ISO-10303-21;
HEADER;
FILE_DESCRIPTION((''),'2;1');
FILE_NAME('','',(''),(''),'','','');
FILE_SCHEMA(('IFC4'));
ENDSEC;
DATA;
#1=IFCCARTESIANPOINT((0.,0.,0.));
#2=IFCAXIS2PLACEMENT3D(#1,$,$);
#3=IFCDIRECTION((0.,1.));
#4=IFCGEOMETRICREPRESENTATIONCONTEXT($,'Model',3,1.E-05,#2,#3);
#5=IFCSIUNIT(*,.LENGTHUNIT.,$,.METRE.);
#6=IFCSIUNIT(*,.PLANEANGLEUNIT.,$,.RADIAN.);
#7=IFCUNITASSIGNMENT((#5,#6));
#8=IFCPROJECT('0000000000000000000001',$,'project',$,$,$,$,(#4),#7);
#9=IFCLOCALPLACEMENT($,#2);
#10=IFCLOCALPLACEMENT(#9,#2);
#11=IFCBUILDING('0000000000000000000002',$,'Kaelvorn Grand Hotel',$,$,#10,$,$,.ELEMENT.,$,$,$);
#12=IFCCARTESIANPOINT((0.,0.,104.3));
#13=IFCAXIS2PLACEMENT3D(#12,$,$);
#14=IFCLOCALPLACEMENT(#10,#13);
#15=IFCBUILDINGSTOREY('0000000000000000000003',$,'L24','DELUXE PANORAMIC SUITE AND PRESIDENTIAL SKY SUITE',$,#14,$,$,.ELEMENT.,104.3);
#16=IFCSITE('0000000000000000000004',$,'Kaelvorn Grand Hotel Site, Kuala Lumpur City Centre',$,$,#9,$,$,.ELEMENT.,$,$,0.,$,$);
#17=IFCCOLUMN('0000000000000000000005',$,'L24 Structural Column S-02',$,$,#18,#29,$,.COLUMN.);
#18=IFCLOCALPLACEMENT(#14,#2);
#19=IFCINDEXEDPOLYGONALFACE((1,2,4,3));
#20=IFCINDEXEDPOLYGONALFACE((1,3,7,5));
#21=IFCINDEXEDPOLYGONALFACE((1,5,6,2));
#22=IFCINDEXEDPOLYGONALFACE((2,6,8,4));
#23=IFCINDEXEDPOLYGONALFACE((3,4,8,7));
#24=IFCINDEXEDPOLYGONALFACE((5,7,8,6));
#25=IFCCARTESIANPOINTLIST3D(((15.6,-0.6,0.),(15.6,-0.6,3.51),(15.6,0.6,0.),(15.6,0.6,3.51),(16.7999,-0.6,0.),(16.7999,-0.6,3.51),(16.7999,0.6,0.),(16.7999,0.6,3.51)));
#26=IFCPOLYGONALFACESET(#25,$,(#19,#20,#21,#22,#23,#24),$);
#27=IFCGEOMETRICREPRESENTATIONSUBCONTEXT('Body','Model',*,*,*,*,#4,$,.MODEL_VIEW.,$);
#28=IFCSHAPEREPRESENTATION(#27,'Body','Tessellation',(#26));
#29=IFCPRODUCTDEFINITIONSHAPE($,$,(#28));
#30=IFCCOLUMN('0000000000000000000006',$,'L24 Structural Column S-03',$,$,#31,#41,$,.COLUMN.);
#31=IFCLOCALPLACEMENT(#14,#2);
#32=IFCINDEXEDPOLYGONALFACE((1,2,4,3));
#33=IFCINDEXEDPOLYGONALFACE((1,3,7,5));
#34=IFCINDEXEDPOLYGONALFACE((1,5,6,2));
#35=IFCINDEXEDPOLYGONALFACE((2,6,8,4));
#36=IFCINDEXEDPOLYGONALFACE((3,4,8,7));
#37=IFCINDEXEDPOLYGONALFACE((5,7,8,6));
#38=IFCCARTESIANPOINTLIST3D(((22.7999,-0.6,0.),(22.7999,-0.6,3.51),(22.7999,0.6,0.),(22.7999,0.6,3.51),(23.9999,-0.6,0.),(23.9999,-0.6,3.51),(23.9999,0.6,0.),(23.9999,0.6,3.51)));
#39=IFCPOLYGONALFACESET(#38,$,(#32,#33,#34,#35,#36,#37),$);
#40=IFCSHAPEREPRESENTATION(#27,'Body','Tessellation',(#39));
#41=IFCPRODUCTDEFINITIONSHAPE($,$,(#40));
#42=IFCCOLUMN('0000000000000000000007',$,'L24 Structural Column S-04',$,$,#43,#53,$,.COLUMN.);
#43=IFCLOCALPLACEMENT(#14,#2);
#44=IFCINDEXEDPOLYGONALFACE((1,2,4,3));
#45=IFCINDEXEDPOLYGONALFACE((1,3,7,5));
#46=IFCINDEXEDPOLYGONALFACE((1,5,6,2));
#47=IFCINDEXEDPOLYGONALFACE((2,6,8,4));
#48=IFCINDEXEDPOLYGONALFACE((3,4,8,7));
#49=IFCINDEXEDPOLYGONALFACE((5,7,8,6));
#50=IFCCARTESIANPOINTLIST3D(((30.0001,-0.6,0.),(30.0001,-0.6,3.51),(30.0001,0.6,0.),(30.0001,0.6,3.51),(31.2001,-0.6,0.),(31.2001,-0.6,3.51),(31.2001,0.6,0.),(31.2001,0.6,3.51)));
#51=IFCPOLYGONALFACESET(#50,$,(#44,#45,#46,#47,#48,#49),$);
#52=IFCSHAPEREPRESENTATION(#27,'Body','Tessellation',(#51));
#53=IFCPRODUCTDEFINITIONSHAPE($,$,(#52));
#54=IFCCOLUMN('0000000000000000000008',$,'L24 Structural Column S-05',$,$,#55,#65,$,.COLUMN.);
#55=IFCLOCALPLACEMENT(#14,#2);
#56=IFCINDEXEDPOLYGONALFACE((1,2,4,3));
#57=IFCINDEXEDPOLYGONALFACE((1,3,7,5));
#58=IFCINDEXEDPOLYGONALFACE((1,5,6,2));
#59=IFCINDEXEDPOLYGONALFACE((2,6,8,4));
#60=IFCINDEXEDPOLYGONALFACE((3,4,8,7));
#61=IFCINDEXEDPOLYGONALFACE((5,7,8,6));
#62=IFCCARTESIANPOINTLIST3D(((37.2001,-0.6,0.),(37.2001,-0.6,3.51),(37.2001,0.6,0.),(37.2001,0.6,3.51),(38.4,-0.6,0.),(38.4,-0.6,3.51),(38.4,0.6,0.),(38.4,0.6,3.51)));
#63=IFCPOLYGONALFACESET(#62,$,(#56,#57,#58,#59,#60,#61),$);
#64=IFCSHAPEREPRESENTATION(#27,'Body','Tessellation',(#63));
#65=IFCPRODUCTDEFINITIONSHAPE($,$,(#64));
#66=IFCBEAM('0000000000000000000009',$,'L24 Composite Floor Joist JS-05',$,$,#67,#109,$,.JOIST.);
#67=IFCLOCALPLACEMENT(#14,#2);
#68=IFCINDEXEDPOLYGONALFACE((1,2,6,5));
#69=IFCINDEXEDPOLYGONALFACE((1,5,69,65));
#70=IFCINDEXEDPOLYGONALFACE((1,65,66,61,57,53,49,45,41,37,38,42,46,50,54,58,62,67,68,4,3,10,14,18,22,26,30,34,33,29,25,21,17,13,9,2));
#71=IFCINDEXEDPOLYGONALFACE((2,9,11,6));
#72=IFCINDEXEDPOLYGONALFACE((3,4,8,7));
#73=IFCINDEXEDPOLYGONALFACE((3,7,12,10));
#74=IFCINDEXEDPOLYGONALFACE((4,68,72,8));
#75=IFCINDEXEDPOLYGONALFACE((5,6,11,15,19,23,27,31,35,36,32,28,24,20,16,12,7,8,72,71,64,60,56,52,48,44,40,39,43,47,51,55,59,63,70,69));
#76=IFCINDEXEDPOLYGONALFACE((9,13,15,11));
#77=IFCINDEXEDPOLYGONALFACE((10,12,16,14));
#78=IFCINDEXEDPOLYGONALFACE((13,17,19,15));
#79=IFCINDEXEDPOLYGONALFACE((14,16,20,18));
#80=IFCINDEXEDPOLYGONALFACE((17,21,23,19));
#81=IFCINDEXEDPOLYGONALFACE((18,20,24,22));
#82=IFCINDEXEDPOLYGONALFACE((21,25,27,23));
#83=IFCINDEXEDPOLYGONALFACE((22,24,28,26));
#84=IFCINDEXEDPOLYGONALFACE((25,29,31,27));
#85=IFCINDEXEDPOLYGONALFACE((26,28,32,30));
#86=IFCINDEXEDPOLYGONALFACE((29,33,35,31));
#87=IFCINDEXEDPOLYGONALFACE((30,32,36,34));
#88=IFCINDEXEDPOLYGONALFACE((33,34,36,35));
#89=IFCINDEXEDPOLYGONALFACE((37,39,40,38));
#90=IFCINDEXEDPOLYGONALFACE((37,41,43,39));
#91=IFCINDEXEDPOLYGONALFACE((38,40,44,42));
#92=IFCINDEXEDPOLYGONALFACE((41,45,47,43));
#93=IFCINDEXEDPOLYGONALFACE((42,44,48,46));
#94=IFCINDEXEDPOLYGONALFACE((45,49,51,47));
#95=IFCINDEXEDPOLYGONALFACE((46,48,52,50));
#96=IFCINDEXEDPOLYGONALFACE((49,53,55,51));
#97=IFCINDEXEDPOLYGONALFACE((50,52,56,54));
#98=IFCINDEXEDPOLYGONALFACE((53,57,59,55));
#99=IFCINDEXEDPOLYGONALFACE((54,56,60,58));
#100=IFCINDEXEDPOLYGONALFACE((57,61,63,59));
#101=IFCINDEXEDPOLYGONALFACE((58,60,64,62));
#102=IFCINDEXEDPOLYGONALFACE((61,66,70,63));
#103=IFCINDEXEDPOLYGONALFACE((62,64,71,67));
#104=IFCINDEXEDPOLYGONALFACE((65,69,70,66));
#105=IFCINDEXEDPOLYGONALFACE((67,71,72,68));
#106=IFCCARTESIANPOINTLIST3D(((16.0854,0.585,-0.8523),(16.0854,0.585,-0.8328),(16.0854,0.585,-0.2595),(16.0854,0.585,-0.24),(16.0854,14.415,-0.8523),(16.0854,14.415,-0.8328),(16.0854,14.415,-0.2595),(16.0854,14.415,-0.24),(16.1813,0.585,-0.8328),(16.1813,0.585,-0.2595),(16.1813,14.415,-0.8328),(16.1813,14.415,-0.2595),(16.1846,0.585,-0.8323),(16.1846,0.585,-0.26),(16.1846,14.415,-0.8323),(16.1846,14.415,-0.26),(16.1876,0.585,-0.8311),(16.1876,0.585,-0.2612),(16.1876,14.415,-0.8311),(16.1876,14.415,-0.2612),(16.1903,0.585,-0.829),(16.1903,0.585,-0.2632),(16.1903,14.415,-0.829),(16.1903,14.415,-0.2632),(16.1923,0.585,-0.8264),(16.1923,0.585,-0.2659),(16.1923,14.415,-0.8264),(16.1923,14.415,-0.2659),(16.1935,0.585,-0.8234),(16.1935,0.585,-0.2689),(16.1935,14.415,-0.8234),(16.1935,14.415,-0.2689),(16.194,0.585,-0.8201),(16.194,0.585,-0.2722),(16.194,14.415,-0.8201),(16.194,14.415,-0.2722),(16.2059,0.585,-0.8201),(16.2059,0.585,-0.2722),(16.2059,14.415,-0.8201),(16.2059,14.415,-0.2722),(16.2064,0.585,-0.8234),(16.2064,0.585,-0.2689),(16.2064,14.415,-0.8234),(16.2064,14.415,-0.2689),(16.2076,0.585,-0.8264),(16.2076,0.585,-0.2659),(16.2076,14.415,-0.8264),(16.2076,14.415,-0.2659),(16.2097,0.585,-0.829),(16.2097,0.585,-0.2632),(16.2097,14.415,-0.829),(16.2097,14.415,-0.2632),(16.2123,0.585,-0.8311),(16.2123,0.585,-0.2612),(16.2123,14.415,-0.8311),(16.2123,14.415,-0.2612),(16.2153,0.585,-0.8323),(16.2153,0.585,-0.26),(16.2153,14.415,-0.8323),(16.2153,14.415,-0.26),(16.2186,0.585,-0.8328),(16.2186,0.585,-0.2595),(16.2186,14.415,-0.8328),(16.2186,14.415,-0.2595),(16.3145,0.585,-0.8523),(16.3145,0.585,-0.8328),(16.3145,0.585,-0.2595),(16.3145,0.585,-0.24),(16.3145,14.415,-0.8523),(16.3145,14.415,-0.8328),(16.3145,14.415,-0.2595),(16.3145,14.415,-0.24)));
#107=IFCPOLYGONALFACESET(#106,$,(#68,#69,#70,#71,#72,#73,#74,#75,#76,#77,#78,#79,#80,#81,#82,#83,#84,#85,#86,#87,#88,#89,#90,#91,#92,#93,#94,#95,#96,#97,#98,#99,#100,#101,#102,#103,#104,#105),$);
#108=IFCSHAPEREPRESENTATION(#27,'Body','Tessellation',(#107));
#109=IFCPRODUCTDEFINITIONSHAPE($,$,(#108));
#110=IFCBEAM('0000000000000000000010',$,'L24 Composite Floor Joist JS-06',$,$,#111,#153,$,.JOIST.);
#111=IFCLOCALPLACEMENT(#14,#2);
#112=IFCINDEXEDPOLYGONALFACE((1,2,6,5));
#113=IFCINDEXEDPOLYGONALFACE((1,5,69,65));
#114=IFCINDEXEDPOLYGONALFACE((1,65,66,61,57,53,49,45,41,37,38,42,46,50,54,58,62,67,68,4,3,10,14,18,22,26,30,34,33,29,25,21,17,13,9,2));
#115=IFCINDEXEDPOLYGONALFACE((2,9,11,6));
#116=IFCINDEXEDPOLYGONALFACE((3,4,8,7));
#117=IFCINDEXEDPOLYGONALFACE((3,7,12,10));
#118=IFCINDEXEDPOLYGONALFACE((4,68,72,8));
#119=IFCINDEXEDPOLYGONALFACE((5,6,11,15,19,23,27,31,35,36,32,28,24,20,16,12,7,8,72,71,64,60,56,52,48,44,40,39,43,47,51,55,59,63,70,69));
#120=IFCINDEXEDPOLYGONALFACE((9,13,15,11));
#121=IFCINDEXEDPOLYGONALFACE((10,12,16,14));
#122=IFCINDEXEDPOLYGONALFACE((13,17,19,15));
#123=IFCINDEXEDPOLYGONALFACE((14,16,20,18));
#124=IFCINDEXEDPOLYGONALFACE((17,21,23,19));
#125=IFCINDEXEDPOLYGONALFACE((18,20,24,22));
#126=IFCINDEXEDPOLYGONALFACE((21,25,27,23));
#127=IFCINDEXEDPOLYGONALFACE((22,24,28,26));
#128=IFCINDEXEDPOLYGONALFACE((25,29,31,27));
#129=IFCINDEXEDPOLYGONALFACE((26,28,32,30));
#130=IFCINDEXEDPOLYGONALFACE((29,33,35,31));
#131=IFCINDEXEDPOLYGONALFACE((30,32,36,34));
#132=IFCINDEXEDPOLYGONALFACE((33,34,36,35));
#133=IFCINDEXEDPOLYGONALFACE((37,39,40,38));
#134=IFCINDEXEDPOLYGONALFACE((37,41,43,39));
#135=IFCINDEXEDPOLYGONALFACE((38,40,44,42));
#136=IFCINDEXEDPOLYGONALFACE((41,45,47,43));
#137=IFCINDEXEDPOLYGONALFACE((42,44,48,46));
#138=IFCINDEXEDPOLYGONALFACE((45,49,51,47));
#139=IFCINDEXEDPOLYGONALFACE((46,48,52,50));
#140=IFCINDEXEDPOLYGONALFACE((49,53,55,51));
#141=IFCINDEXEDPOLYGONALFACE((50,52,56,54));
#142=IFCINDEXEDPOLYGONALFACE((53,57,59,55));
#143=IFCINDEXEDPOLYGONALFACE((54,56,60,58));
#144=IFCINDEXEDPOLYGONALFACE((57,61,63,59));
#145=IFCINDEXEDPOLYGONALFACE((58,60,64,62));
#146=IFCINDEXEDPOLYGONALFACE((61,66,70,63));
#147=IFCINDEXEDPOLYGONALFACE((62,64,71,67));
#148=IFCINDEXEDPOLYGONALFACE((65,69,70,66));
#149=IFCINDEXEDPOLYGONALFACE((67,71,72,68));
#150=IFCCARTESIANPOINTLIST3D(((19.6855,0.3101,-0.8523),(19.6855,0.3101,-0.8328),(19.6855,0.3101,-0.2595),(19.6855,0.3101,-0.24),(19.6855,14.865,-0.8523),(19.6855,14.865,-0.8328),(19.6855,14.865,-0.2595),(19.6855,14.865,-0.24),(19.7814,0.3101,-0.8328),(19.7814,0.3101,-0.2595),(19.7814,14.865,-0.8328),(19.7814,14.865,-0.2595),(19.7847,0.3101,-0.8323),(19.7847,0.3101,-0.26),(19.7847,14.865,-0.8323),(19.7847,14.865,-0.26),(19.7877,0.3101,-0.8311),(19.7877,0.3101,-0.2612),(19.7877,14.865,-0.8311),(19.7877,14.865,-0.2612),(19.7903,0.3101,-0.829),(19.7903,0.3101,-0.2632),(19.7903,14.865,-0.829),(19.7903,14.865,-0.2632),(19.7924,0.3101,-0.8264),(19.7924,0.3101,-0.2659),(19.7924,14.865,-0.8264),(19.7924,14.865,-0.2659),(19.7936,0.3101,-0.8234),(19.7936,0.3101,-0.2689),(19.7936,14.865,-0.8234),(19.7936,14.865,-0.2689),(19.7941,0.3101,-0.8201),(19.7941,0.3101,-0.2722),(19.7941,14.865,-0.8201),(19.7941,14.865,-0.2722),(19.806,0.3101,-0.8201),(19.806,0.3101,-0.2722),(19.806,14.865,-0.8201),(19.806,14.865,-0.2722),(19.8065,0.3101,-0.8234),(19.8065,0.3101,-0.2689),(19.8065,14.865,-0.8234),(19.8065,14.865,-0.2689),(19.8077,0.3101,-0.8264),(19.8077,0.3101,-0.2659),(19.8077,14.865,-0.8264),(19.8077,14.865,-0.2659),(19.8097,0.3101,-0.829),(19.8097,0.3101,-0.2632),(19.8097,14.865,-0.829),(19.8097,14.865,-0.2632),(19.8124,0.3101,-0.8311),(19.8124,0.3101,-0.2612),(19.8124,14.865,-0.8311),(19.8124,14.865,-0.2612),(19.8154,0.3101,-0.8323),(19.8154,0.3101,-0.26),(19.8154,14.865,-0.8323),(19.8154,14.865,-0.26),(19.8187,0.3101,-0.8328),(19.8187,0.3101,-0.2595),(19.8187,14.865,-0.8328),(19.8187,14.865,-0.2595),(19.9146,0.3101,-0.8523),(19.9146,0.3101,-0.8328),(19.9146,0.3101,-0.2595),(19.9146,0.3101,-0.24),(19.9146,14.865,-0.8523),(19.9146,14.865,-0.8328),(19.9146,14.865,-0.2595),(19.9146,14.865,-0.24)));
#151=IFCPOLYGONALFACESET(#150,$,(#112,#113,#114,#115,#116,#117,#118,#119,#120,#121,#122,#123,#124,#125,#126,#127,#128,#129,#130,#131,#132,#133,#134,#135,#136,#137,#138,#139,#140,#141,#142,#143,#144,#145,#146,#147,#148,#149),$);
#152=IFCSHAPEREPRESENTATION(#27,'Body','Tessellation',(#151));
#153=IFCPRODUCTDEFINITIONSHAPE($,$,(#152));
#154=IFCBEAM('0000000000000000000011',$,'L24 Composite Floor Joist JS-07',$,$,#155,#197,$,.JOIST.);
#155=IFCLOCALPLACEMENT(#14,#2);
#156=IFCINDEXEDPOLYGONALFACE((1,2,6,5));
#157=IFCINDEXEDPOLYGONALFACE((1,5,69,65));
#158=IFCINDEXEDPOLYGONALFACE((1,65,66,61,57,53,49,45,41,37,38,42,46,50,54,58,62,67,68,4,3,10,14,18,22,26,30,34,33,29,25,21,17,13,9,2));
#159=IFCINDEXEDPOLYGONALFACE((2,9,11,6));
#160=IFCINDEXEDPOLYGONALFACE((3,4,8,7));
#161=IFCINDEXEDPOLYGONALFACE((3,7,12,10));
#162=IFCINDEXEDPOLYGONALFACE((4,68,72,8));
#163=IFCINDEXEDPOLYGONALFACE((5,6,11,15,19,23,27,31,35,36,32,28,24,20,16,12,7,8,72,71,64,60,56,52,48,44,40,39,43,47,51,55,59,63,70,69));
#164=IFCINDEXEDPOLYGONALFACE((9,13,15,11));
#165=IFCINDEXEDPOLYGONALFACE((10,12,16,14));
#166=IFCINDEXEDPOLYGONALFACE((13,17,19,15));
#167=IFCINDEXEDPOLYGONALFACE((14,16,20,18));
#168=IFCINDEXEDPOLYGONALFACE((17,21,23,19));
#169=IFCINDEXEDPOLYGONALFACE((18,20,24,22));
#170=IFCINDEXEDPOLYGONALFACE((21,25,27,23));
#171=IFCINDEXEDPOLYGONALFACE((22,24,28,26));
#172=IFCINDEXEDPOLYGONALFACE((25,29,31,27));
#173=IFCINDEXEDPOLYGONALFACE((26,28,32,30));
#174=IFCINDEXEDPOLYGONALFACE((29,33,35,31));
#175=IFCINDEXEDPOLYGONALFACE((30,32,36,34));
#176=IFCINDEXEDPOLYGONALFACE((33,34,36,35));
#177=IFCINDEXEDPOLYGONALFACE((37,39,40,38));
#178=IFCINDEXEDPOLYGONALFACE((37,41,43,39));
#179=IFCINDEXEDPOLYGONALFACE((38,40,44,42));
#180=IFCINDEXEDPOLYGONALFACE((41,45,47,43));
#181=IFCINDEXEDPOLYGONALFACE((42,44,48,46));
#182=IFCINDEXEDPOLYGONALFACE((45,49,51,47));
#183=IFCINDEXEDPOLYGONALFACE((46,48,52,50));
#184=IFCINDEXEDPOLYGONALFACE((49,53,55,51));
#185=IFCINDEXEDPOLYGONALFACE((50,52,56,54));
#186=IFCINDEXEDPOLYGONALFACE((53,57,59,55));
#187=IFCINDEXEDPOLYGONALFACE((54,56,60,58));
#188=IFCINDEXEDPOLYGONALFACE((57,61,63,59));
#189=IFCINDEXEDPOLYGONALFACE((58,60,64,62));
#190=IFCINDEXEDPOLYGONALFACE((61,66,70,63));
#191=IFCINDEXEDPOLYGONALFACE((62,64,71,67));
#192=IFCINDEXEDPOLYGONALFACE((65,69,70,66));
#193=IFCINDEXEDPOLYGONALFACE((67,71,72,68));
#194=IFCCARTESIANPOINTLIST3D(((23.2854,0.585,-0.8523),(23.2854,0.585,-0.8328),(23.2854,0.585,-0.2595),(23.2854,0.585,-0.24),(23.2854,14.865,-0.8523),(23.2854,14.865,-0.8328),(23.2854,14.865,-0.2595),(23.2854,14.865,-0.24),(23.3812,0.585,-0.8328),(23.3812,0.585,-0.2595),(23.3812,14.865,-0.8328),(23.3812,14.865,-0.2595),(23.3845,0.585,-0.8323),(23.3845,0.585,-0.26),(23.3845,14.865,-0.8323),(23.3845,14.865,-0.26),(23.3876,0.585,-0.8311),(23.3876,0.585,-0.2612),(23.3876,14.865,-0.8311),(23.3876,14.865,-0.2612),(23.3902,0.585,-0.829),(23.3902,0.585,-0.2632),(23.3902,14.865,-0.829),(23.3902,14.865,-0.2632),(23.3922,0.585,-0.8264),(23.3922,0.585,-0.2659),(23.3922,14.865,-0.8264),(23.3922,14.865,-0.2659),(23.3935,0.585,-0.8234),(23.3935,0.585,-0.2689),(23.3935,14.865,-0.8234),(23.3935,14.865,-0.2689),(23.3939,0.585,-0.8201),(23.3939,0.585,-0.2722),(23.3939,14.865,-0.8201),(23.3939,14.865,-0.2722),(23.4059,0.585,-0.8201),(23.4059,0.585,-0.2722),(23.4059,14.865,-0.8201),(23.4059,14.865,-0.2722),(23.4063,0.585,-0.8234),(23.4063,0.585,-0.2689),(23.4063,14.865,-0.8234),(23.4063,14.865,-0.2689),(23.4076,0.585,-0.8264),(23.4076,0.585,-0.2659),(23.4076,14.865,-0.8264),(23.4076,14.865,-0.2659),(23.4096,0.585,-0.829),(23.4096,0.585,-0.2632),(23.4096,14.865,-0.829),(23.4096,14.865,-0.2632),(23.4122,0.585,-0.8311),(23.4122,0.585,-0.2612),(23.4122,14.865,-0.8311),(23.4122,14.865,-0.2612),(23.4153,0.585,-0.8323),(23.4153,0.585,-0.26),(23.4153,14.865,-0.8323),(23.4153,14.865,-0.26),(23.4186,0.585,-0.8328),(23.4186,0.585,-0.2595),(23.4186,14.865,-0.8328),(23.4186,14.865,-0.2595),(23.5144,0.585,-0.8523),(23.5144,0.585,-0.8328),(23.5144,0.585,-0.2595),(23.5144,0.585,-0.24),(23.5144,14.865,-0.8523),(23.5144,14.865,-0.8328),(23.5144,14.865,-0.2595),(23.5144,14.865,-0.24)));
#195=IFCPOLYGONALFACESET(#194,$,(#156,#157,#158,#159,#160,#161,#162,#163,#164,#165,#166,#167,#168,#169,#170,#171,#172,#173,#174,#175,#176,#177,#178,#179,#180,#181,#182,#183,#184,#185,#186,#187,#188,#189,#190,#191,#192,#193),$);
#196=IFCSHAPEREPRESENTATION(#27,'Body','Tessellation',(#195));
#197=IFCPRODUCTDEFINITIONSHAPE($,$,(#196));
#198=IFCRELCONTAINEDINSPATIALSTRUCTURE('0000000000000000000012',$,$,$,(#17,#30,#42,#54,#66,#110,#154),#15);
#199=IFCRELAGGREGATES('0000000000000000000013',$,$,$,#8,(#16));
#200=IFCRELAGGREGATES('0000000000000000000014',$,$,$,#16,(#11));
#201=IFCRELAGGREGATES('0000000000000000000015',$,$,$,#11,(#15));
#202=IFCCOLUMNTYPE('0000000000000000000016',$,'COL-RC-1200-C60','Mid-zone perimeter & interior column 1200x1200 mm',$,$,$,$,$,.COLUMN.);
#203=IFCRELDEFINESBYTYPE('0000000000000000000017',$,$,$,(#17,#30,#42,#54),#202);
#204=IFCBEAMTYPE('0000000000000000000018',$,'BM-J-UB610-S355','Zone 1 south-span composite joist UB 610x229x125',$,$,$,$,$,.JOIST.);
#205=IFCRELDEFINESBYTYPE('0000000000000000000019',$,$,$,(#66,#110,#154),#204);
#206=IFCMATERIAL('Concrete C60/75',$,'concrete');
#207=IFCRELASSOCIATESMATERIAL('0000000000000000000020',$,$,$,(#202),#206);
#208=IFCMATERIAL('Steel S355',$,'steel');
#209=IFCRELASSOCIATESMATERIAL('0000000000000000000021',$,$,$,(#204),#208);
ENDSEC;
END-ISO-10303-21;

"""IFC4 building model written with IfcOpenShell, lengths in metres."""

from ifc_helpers import new_model, si_unit, direction, frame, origin, origin_2d, place, context, subcontext, project, spatial, rectangle, i_section, extrude, material, material_profile, profile_set, type_object, element, save


model = new_model("IFC4")

# Units and contexts
model_context = context("Model", 3, precision=1e-05, world=origin(), true_north=direction((0.0, 1.0)))
body_context = subcontext(model_context, "Body", "Model", "MODEL_VIEW")
ifc_project = project(units=[si_unit("LENGTHUNIT", "METRE"), si_unit("PLANEANGLEUNIT", "RADIAN")], contexts=[model_context])

# Site, building, storey
site_placement = place(None, origin())
site = spatial("IfcSite", under=ifc_project, at=site_placement, Name="Kaelvorn Grand Hotel Site, Kuala Lumpur City Centre", CompositionType="ELEMENT", RefElevation=0.0)
building_placement = place(site_placement, origin())
building = spatial("IfcBuilding", under=site, at=building_placement, Name="Kaelvorn Grand Hotel", CompositionType="ELEMENT")
storey_placement = place(building_placement, frame((0.0, 0.0, 104.3)))
storey = spatial("IfcBuildingStorey", under=building, at=storey_placement, Name="L24", Description="DELUXE PANORAMIC SUITE AND PRESIDENTIAL SKY SUITE", CompositionType="ELEMENT", Elevation=104.3)

# Columns
ifc_material_1 = material(Name="Concrete C60/75", Category="concrete")
ifc_material_profile_1 = material_profile(ifc_material_1, rectangle(XDim=1.2, YDim=1.2, at=origin_2d()), Name="RC COL 1200x1200")
ifc_profile_set_1 = profile_set([ifc_material_profile_1], Name="Concrete C60/75")
column_type = type_object("IfcColumnType", Name="COL-RC-1200-C60", Description="Mid-zone perimeter & interior column 1200x1200 mm", PredefinedType="COLUMN", material=ifc_profile_set_1)
for number, where, z_axis, x_axis, name in (
    (1, (16.2, 0.0, 0.0), (0.0, 0.0, 1.0), (1.0, 0.0, 0.0), "L24 Structural Column S-02"),
    (2, (23.3999, 0.0, 0.0), (0.0, 0.0, 1.0), (1.0, 0.0, 0.0), "L24 Structural Column S-03"),
    (3, (30.6001, 0.0, 0.0), (0.0, 0.0, 1.0), (1.0, 0.0, 0.0), "L24 Structural Column S-04"),
    (4, (37.8, 0.0, 0.0), (0.0, 0.0, 1.0), (1.0, 0.0, 0.0), "L24 Structural Column S-05"),
):
    element("IfcColumn", number, at=place(storey_placement, frame(where, z_axis=z_axis, x_axis=x_axis)), inside=storey, type_object=column_type, Name=name, PredefinedType="COLUMN", context=body_context, shape_type="SweptSolid", body=[
        extrude(rectangle(XDim=1.2, YDim=1.2, at=origin_2d()), origin(), (0.0, 0.0, 1.0), 3.51),
    ])

# Beams
ifc_material_2 = material(Name="Steel S355", Category="steel")
ifc_material_profile_2 = material_profile(ifc_material_2, i_section(OverallWidth=0.229, OverallDepth=0.6123, WebThickness=0.012, FlangeThickness=0.0195, FilletRadius=0.0127, at=origin_2d()), Name="UB 610x229x125")
ifc_profile_set_2 = profile_set([ifc_material_profile_2], Name="Steel S355")
beam_type_1 = type_object("IfcBeamType", Name="BM-J-UB610-S355", Description="Zone 1 south-span composite joist UB 610x229x125", PredefinedType="JOIST", material=ifc_profile_set_2)
beam_1_placement = place(storey_placement, frame((16.2, 0.585, -0.5461), z_axis=(0.0, 1.0, 0.0), x_axis=(-1.0, 0.0, 0.0)))
element("IfcBeam", 5, at=beam_1_placement, inside=storey, type_object=beam_type_1, Name="L24 Composite Floor Joist JS-05", PredefinedType="JOIST", context=body_context, shape_type="SweptSolid", body=[
    extrude(i_section(OverallWidth=0.229, OverallDepth=0.6123, WebThickness=0.012, FlangeThickness=0.0195, FilletRadius=0.0127, at=origin_2d()), origin(), (0.0, 0.0, 1.0), 13.8301),
])
beam_2_placement = place(storey_placement, frame((19.8, 0.3101, -0.5461), z_axis=(0.0, 1.0, 0.0), x_axis=(-1.0, 0.0, 0.0)))
element("IfcBeam", 6, at=beam_2_placement, inside=storey, type_object=beam_type_1, Name="L24 Composite Floor Joist JS-06", PredefinedType="JOIST", context=body_context, shape_type="SweptSolid", body=[
    extrude(i_section(OverallWidth=0.229, OverallDepth=0.6123, WebThickness=0.012, FlangeThickness=0.0195, FilletRadius=0.0127, at=origin_2d()), origin(), (0.0, 0.0, 1.0), 14.5549),
])
for number, where, z_axis, x_axis, name in (
    (7, (23.3999, 0.585, -0.5461), (0.0, 1.0, 0.0), (-1.0, 0.0, 0.0), "L24 Composite Floor Joist JS-07"),
):
    element("IfcBeam", number, at=place(storey_placement, frame(where, z_axis=z_axis, x_axis=x_axis)), inside=storey, type_object=beam_type_1, Name=name, PredefinedType="JOIST", context=body_context, shape_type="SweptSolid", body=[
        extrude(i_section(OverallWidth=0.229, OverallDepth=0.6123, WebThickness=0.012, FlangeThickness=0.0195, FilletRadius=0.0127, at=origin_2d()), origin(), (0.0, 0.0, 1.0), 14.28),
    ])

save(model, "model.ifc")
